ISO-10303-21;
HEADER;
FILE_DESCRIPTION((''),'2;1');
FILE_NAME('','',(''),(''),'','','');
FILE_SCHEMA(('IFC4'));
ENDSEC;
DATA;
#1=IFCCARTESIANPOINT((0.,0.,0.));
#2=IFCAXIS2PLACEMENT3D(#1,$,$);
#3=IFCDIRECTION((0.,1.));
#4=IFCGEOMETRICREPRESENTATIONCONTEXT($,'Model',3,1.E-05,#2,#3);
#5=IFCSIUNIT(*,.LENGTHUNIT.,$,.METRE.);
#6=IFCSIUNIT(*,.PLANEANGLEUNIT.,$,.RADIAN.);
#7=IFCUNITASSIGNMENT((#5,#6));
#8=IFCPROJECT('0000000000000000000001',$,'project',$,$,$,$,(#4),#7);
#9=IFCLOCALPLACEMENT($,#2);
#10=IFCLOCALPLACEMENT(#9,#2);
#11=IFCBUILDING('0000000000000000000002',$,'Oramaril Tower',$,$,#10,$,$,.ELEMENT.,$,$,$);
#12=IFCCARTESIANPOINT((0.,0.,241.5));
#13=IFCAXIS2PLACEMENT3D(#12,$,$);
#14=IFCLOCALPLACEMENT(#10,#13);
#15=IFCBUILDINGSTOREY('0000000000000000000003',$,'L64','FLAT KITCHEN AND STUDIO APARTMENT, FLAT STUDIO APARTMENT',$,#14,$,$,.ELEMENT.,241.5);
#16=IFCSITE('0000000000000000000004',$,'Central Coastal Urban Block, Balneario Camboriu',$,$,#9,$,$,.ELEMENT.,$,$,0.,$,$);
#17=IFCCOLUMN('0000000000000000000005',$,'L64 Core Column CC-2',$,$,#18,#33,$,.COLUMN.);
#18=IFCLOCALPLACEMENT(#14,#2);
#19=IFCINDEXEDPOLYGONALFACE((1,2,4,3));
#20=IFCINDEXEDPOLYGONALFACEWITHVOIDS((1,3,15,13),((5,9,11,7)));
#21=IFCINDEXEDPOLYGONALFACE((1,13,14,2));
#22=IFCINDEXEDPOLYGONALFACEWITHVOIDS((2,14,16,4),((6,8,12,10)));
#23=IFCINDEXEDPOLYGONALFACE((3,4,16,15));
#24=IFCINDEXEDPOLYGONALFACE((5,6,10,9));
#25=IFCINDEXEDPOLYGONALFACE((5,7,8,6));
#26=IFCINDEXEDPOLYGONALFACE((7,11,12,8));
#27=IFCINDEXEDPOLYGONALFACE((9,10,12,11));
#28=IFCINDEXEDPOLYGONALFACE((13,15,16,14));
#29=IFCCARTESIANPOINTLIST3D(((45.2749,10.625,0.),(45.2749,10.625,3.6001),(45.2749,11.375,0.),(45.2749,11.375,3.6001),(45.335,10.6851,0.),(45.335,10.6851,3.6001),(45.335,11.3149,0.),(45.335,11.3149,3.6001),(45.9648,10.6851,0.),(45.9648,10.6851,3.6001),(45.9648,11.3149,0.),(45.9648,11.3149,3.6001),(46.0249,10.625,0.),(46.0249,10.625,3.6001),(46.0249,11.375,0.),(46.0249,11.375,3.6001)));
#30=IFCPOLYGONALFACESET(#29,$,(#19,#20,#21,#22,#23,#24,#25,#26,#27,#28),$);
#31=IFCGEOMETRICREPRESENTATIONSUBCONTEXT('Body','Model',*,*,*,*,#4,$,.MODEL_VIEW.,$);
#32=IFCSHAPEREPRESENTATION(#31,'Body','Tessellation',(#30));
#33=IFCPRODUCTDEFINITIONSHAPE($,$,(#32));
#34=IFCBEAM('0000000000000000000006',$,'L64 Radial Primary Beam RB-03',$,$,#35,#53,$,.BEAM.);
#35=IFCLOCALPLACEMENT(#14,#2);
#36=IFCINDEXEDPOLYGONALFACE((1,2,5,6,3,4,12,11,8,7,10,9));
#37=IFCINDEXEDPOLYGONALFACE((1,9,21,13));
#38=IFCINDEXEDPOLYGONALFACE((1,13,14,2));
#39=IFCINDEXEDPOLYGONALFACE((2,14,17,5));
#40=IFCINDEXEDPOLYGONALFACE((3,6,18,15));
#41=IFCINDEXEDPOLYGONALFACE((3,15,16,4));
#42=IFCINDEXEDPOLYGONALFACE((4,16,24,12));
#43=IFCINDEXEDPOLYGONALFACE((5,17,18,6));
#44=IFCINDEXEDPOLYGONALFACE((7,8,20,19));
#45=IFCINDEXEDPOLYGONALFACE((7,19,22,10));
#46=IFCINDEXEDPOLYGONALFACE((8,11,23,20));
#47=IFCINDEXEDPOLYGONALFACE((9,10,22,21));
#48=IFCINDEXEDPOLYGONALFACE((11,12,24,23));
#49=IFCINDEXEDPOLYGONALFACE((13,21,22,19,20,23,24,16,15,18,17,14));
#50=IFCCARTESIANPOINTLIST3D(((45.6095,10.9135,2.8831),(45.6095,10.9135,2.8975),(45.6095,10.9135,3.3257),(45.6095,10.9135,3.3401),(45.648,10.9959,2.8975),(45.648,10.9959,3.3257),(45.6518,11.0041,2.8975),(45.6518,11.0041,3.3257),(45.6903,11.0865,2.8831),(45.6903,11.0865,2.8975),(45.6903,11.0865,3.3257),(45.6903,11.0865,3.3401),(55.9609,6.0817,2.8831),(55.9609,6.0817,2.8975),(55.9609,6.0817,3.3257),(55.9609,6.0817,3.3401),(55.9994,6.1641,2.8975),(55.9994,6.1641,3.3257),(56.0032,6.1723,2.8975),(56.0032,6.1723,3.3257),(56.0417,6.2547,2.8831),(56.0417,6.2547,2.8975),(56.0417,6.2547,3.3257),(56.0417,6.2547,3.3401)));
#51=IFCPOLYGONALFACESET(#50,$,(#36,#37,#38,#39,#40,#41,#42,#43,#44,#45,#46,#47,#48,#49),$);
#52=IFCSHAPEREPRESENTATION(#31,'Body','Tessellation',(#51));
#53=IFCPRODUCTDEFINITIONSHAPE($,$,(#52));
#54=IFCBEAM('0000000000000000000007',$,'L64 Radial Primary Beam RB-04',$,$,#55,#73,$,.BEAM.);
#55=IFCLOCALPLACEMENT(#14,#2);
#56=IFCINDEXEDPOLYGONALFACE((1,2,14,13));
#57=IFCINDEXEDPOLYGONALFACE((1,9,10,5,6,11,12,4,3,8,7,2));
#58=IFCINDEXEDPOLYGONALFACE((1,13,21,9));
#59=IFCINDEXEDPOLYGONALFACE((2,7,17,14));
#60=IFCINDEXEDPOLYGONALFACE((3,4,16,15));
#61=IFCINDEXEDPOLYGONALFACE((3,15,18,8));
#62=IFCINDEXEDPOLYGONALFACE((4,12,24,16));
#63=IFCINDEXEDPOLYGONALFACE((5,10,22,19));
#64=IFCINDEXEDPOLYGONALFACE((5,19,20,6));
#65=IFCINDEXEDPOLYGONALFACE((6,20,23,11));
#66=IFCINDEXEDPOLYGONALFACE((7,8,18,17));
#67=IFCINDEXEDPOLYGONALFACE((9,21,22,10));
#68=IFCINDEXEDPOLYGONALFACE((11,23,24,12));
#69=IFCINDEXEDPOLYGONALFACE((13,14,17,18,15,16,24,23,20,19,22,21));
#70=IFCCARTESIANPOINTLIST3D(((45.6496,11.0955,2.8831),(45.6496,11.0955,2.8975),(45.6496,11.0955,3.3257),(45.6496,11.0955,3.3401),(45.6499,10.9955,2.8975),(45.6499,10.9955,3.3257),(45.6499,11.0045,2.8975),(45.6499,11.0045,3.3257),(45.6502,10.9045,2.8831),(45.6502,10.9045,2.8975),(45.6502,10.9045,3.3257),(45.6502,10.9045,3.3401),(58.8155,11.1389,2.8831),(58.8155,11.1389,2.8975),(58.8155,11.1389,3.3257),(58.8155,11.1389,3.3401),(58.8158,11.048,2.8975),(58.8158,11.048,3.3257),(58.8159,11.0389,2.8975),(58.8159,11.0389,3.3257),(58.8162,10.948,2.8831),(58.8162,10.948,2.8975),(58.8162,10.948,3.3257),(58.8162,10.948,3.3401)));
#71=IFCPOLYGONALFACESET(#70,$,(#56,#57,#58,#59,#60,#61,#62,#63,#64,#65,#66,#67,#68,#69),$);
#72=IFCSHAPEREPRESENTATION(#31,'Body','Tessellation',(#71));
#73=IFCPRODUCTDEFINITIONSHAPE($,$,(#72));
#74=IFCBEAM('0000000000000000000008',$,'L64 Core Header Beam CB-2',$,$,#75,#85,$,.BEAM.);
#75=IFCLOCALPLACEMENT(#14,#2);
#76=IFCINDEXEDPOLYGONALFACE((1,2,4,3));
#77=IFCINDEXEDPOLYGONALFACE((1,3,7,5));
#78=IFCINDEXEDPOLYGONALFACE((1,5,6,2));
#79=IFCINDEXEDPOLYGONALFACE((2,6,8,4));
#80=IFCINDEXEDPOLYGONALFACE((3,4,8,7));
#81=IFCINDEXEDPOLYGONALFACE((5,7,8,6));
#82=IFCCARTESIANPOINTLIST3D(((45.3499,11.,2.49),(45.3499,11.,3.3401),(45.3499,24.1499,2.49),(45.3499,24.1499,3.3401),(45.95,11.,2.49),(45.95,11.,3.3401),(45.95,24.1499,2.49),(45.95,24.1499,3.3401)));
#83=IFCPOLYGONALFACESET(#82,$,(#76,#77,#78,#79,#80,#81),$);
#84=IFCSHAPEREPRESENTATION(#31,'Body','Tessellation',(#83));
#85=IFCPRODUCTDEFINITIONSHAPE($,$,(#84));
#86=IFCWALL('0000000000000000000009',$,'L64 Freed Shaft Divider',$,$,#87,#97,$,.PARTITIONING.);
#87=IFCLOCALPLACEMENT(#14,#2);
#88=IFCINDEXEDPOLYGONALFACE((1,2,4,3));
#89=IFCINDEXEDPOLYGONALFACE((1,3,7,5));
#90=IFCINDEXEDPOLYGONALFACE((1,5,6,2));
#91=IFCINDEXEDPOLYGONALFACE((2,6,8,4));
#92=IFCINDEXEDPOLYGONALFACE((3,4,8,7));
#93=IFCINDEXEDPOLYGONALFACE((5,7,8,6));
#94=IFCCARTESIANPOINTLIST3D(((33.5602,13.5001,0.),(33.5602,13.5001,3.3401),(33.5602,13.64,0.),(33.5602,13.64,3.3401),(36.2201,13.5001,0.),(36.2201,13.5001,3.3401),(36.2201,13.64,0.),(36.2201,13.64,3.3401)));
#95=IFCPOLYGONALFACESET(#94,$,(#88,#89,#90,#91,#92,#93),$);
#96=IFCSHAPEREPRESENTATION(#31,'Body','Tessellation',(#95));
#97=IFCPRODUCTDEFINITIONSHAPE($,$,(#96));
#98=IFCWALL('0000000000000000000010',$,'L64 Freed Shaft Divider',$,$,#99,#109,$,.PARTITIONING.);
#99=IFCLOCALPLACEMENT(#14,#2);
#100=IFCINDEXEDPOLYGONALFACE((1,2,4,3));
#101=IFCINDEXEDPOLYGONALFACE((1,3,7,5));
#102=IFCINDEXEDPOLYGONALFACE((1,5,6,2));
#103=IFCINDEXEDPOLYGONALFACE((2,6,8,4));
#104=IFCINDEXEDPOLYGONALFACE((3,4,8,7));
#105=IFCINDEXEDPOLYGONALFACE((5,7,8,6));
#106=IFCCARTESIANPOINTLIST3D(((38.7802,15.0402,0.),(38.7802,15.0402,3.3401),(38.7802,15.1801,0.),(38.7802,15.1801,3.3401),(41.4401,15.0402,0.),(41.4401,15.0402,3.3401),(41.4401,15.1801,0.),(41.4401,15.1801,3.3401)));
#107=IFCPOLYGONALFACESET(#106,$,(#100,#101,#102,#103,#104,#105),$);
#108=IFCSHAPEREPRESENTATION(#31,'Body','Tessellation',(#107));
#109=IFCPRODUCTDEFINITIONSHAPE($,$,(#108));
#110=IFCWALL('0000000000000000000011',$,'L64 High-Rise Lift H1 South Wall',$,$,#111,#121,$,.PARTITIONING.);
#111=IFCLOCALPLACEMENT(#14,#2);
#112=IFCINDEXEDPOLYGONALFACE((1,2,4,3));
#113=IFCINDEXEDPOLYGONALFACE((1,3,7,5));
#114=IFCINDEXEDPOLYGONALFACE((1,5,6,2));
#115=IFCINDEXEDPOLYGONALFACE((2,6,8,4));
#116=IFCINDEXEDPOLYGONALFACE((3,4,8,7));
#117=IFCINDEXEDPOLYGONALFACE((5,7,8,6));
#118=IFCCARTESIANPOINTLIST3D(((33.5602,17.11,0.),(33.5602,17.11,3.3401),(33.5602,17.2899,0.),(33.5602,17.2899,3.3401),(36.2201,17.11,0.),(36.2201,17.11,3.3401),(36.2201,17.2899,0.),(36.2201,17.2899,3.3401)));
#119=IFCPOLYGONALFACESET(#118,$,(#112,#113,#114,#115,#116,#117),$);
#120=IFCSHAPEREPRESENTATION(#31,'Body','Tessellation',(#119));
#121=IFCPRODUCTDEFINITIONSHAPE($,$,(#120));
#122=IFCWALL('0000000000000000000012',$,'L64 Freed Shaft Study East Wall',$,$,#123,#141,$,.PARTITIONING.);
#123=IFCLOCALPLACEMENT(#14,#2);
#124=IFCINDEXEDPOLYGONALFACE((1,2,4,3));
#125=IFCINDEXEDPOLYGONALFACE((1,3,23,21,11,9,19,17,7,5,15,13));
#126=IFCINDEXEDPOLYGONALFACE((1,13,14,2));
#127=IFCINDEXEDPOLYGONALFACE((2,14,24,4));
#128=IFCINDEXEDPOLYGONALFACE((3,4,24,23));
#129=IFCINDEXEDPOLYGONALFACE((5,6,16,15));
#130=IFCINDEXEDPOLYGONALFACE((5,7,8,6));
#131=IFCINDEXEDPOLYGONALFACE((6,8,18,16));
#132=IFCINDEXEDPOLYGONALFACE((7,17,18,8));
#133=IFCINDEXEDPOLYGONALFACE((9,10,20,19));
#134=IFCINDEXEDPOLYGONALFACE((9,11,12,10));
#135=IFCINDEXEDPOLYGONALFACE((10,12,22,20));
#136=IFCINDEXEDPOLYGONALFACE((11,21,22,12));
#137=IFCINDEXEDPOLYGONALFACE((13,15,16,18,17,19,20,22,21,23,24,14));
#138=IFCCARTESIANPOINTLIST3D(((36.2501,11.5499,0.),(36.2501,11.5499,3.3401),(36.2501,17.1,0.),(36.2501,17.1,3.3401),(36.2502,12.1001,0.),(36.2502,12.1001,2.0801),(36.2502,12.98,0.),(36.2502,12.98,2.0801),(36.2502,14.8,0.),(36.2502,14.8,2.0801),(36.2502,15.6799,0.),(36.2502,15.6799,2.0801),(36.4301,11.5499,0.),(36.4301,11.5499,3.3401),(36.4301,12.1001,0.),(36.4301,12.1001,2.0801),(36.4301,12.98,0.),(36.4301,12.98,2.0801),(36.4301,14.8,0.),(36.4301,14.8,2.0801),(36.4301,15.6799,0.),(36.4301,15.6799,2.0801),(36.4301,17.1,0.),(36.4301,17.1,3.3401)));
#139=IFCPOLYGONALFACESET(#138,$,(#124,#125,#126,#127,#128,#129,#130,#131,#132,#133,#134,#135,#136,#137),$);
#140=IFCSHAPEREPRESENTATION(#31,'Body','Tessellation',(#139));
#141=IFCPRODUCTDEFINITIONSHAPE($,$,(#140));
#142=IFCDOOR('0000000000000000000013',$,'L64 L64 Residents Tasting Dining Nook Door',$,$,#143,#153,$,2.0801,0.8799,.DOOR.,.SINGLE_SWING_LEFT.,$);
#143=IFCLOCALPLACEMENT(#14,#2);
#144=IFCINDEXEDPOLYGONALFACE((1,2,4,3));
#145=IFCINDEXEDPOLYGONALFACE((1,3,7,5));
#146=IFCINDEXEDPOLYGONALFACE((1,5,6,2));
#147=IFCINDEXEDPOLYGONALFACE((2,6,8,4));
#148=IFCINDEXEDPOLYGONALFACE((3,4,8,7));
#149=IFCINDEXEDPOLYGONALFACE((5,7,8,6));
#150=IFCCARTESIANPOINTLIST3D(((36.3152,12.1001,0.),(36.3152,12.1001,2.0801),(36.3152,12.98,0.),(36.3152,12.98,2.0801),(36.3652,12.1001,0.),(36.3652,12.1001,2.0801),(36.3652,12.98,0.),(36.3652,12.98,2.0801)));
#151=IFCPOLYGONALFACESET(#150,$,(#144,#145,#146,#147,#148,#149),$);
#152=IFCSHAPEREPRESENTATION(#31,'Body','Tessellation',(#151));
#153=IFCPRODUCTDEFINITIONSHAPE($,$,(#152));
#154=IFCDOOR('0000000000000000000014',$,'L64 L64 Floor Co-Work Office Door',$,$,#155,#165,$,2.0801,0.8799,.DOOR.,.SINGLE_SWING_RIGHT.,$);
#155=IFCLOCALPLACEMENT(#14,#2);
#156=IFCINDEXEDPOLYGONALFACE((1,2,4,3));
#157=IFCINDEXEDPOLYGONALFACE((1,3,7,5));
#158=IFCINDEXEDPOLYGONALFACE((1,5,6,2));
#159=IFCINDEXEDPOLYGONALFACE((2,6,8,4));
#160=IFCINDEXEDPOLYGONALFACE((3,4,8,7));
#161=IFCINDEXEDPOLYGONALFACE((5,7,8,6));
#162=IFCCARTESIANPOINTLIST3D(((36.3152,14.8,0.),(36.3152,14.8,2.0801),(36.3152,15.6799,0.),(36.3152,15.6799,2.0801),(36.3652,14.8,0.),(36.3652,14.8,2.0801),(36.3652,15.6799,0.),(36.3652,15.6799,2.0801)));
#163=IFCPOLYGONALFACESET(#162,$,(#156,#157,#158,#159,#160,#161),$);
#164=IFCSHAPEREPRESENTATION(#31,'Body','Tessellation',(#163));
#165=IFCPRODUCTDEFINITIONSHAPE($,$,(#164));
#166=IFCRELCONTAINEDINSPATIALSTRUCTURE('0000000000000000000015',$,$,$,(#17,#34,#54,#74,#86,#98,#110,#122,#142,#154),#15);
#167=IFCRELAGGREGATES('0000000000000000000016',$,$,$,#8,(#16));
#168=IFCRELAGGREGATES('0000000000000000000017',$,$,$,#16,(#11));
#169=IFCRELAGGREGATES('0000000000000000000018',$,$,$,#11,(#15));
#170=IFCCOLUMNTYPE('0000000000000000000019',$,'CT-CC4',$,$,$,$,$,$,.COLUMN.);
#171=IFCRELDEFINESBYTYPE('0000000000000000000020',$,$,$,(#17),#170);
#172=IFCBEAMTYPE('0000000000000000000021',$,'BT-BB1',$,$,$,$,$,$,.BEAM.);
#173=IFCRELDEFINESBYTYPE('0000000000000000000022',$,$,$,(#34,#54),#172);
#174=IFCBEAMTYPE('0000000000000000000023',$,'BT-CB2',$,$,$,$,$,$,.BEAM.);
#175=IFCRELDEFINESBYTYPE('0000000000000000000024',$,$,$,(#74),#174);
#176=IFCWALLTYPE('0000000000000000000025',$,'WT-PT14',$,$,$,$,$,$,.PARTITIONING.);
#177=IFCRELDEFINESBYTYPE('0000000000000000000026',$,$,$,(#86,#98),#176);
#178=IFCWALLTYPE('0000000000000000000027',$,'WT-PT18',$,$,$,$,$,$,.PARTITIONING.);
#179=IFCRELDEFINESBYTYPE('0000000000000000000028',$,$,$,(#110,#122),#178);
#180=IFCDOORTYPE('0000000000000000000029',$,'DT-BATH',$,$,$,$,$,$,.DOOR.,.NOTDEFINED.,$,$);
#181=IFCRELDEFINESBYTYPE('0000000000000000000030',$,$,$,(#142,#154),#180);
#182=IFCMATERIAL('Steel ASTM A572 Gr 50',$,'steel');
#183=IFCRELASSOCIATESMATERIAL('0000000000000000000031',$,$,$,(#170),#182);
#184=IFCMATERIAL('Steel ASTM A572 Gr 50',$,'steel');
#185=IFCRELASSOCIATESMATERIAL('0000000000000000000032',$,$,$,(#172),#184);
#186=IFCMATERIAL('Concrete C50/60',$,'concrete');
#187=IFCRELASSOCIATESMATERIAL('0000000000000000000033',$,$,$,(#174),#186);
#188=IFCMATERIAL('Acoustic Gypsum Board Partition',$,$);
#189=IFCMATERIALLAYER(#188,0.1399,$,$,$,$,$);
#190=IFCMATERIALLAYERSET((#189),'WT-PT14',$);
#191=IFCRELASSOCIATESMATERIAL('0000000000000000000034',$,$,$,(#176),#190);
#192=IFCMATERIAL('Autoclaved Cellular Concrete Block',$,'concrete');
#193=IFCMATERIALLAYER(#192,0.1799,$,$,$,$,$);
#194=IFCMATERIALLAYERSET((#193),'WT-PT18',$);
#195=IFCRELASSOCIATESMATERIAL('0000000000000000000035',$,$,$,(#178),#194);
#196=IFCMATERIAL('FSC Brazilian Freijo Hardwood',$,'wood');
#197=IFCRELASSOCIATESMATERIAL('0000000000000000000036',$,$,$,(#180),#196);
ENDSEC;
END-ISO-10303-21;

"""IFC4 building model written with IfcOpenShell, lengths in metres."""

from ifc_helpers import new_model, si_unit, direction, frame, frame_2d, origin, origin_2d, place, context, subcontext, project, spatial, rectangle, hollow_rectangle, i_section, extrude, material, layer, layer_set, material_profile, profile_set, type_object, element, fill, save


model = new_model("IFC4")

# Units and contexts
model_context = context("Model", 3, precision=1e-05, world=origin(), true_north=direction((0.0, 1.0)))
body_context = subcontext(model_context, "Body", "Model", "MODEL_VIEW")
ifc_project = project(units=[si_unit("LENGTHUNIT", "METRE"), si_unit("PLANEANGLEUNIT", "RADIAN")], contexts=[model_context])

# Site, building, storey
site_placement = place(None, origin())
site = spatial("IfcSite", under=ifc_project, at=site_placement, Name="Central Coastal Urban Block, Balneario Camboriu", CompositionType="ELEMENT", RefElevation=0.0)
building_placement = place(site_placement, origin())
building = spatial("IfcBuilding", under=site, at=building_placement, Name="Oramaril Tower", CompositionType="ELEMENT")
storey_placement = place(building_placement, frame((0.0, 0.0, 241.5)))
storey = spatial("IfcBuildingStorey", under=building, at=storey_placement, Name="L64", Description="FLAT KITCHEN AND STUDIO APARTMENT, FLAT STUDIO APARTMENT", CompositionType="ELEMENT", Elevation=241.5)

# Column
ifc_material_1 = material(Name="Steel ASTM A572 Gr 50", Category="steel")
ifc_material_profile_1 = material_profile(ifc_material_1, hollow_rectangle(XDim=0.75, YDim=0.75, WallThickness=0.0601, at=origin_2d()), Name="BOX750X750X60")
ifc_profile_set_1 = profile_set([ifc_material_profile_1], Name="Steel ASTM A572 Gr 50")
column_type = type_object("IfcColumnType", Name="CT-CC4", PredefinedType="COLUMN", material=ifc_profile_set_1)
column_placement = place(storey_placement, frame((45.6499, 11.0, 0.0), z_axis=(0.0, 0.0, 1.0), x_axis=(1.0, 0.0, 0.0)))
element("IfcColumn", 1, at=column_placement, inside=storey, type_object=column_type, Name="L64 Core Column CC-2", PredefinedType="COLUMN", context=body_context, shape_type="SweptSolid", body=[
    extrude(hollow_rectangle(XDim=0.75, YDim=0.75, WallThickness=0.0601, at=origin_2d()), origin(), (0.0, 0.0, 1.0), 3.6001),
])

# Beams
ifc_material_2 = material(Name="Steel ASTM A572 Gr 50", Category="steel")
ifc_material_profile_2 = material_profile(ifc_material_2, i_section(OverallWidth=0.1909, OverallDepth=0.457, WebThickness=0.009, FlangeThickness=0.0144, at=origin_2d()), Name="W18X50")
ifc_profile_set_2 = profile_set([ifc_material_profile_2], Name="Steel ASTM A572 Gr 50")
beam_type_1 = type_object("IfcBeamType", Name="BT-BB1", PredefinedType="BEAM", material=ifc_profile_set_2)
beam_1_placement = place(storey_placement, frame((45.6499, 11.0, 3.1116), z_axis=(0.906144, -0.42297, 0.0), x_axis=(0.42297, 0.906144, 0.0)))
element("IfcBeam", 2, at=beam_1_placement, inside=storey, type_object=beam_type_1, Name="L64 Radial Primary Beam RB-03", PredefinedType="BEAM", context=body_context, shape_type="SweptSolid", body=[
    extrude(i_section(OverallWidth=0.1909, OverallDepth=0.457, WebThickness=0.009, FlangeThickness=0.0144, at=origin_2d()), origin(), (0.0, 0.0, 1.0), 11.4236),
])
beam_2_placement = place(storey_placement, frame((45.6499, 11.0, 3.1116), z_axis=(0.999995, 0.003301, 0.0), x_axis=(-0.003301, 0.999995, 0.0)))
element("IfcBeam", 3, at=beam_2_placement, inside=storey, type_object=beam_type_1, Name="L64 Radial Primary Beam RB-04", PredefinedType="BEAM", context=body_context, shape_type="SweptSolid", body=[
    extrude(i_section(OverallWidth=0.1909, OverallDepth=0.457, WebThickness=0.009, FlangeThickness=0.0144, at=origin_2d()), origin(), (0.0, 0.0, 1.0), 13.166),
])
ifc_material_3 = material(Name="Concrete C50/60", Category="concrete")
ifc_material_profile_3 = material_profile(ifc_material_3, rectangle(XDim=0.6001, YDim=0.8501, at=origin_2d()), Name="CB600X850")
ifc_profile_set_3 = profile_set([ifc_material_profile_3], Name="Concrete C50/60")
beam_type_2 = type_object("IfcBeamType", Name="BT-CB2", PredefinedType="BEAM", material=ifc_profile_set_3)
beam_3_placement = place(storey_placement, frame((45.6499, 11.0, 2.915), z_axis=(0.0, 1.0, 0.0), x_axis=(-1.0, 0.0, 0.0)))
element("IfcBeam", 4, at=beam_3_placement, inside=storey, type_object=beam_type_2, Name="L64 Core Header Beam CB-2", PredefinedType="BEAM", context=body_context, shape_type="SweptSolid", body=[
    extrude(rectangle(XDim=0.6001, YDim=0.8501, at=origin_2d()), origin(), (0.0, 0.0, 1.0), 13.1499),
])

# Walls
ifc_material_4 = material(Name="Acoustic Gypsum Board Partition")
ifc_layer_1 = layer(ifc_material_4, 0.1399)
ifc_layer_set_1 = layer_set([ifc_layer_1], Name="WT-PT14")
wall_type_1 = type_object("IfcWallType", Name="WT-PT14", PredefinedType="PARTITIONING", material=ifc_layer_set_1)
for number, where, z_axis, x_axis, name in (
    (5, (33.5601, 13.5701, 0.0), (0.0, 0.0, 1.0), (1.0, 0.0, 0.0), "L64 Freed Shaft Divider"),
    (6, (38.78, 15.1101, 0.0), (0.0, 0.0, 1.0), (1.0, 0.0, 0.0), "L64 Freed Shaft Divider"),
):
    element("IfcWall", number, at=place(storey_placement, frame(where, z_axis=z_axis, x_axis=x_axis)), inside=storey, type_object=wall_type_1, Name=name, PredefinedType="PARTITIONING", context=body_context, shape_type="SweptSolid", body=[
        extrude(rectangle(XDim=2.6599, YDim=0.1399, at=frame_2d((1.3301, 0.0))), origin(), (0.0, 0.0, 1.0), 3.3401),
    ])
ifc_material_5 = material(Name="Autoclaved Cellular Concrete Block", Category="concrete")
ifc_layer_2 = layer(ifc_material_5, 0.1799)
ifc_layer_set_2 = layer_set([ifc_layer_2], Name="WT-PT18")
wall_type_2 = type_object("IfcWallType", Name="WT-PT18", PredefinedType="PARTITIONING", material=ifc_layer_set_2)
wall_1_placement = place(storey_placement, frame((33.5601, 17.2, 0.0), z_axis=(0.0, 0.0, 1.0), x_axis=(1.0, 0.0, 0.0)))
element("IfcWall", 7, at=wall_1_placement, inside=storey, type_object=wall_type_2, Name="L64 High-Rise Lift H1 South Wall", PredefinedType="PARTITIONING", context=body_context, shape_type="SweptSolid", body=[
    extrude(rectangle(XDim=2.6599, YDim=0.1799, at=frame_2d((1.3301, 0.0))), origin(), (0.0, 0.0, 1.0), 3.3401),
])

# Wall, openings, doors
wall_2_placement = place(storey_placement, frame((36.3401, 11.55, 0.0), z_axis=(0.0, 0.0, 1.0), x_axis=(0.0, 1.0, 0.0)))
wall_2 = element("IfcWall", 8, at=wall_2_placement, inside=storey, type_object=wall_type_2, Name="L64 Freed Shaft Study East Wall", PredefinedType="PARTITIONING", context=body_context, shape_type="SweptSolid", body=[
    extrude(rectangle(XDim=5.55, YDim=0.1799, at=frame_2d((2.7749, 0.0))), origin(), (0.0, 0.0, 1.0), 3.3401),
])
opening_1_placement = place(wall_2_placement, frame((0.55, 0.0, 0.0)))
opening_1 = element("IfcOpeningElement", 9, at=opening_1_placement, cuts=wall_2, PredefinedType="OPENING", context=body_context, shape_type="SweptSolid", body=[
    extrude(rectangle(XDim=0.8799, YDim=2.0801, at=frame_2d((0.4399, 1.04))), frame((0.0, 0.0898, 0.0), z_axis=(0.0, -1.0, 0.0), x_axis=(1.0, 0.0, 0.0)), (0.0, 0.0, 1.0), 0.1799),
])
opening_2_placement = place(wall_2_placement, frame((3.25, 0.0, 0.0)))
opening_2 = element("IfcOpeningElement", 10, at=opening_2_placement, cuts=wall_2, PredefinedType="OPENING", context=body_context, shape_type="SweptSolid", body=[
    extrude(rectangle(XDim=0.8799, YDim=2.0801, at=frame_2d((0.4399, 1.04))), frame((0.0, 0.0898, 0.0), z_axis=(0.0, -1.0, 0.0), x_axis=(1.0, 0.0, 0.0)), (0.0, 0.0, 1.0), 0.1799),
])
ifc_material_6 = material(Name="FSC Brazilian Freijo Hardwood", Category="wood")
door_type_1 = type_object("IfcDoorType", Name="DT-BATH", OperationType="NOTDEFINED", PredefinedType="DOOR", material=ifc_material_6)
door_1_placement = place(opening_1_placement, origin())
door_1 = element("IfcDoor", 11, at=door_1_placement, inside=storey, type_object=door_type_1, Name="L64 L64 Residents Tasting Dining Nook Door", OperationType="SINGLE_SWING_LEFT", OverallHeight=2.0801, OverallWidth=0.8799, PredefinedType="DOOR", context=body_context, shape_type="SweptSolid", body=[
    extrude(rectangle(XDim=0.8799, YDim=2.0801, at=frame_2d((0.4399, 1.04))), frame((0.0, 0.0249, 0.0), z_axis=(0.0, -1.0, 0.0), x_axis=(1.0, 0.0, 0.0)), (0.0, 0.0, 1.0), 0.05),
])
fill(opening_1, door_1)
door_2_placement = place(opening_2_placement, origin())
door_2 = element("IfcDoor", 12, at=door_2_placement, inside=storey, type_object=door_type_1, Name="L64 L64 Floor Co-Work Office Door", OperationType="SINGLE_SWING_RIGHT", OverallHeight=2.0801, OverallWidth=0.8799, PredefinedType="DOOR", context=body_context, shape_type="SweptSolid", body=[
    extrude(rectangle(XDim=0.8799, YDim=2.0801, at=frame_2d((0.4399, 1.04))), frame((0.0, 0.0249, 0.0), z_axis=(0.0, -1.0, 0.0), x_axis=(1.0, 0.0, 0.0)), (0.0, 0.0, 1.0), 0.05),
])
fill(opening_2, door_2)

save(model, "model.ifc")
